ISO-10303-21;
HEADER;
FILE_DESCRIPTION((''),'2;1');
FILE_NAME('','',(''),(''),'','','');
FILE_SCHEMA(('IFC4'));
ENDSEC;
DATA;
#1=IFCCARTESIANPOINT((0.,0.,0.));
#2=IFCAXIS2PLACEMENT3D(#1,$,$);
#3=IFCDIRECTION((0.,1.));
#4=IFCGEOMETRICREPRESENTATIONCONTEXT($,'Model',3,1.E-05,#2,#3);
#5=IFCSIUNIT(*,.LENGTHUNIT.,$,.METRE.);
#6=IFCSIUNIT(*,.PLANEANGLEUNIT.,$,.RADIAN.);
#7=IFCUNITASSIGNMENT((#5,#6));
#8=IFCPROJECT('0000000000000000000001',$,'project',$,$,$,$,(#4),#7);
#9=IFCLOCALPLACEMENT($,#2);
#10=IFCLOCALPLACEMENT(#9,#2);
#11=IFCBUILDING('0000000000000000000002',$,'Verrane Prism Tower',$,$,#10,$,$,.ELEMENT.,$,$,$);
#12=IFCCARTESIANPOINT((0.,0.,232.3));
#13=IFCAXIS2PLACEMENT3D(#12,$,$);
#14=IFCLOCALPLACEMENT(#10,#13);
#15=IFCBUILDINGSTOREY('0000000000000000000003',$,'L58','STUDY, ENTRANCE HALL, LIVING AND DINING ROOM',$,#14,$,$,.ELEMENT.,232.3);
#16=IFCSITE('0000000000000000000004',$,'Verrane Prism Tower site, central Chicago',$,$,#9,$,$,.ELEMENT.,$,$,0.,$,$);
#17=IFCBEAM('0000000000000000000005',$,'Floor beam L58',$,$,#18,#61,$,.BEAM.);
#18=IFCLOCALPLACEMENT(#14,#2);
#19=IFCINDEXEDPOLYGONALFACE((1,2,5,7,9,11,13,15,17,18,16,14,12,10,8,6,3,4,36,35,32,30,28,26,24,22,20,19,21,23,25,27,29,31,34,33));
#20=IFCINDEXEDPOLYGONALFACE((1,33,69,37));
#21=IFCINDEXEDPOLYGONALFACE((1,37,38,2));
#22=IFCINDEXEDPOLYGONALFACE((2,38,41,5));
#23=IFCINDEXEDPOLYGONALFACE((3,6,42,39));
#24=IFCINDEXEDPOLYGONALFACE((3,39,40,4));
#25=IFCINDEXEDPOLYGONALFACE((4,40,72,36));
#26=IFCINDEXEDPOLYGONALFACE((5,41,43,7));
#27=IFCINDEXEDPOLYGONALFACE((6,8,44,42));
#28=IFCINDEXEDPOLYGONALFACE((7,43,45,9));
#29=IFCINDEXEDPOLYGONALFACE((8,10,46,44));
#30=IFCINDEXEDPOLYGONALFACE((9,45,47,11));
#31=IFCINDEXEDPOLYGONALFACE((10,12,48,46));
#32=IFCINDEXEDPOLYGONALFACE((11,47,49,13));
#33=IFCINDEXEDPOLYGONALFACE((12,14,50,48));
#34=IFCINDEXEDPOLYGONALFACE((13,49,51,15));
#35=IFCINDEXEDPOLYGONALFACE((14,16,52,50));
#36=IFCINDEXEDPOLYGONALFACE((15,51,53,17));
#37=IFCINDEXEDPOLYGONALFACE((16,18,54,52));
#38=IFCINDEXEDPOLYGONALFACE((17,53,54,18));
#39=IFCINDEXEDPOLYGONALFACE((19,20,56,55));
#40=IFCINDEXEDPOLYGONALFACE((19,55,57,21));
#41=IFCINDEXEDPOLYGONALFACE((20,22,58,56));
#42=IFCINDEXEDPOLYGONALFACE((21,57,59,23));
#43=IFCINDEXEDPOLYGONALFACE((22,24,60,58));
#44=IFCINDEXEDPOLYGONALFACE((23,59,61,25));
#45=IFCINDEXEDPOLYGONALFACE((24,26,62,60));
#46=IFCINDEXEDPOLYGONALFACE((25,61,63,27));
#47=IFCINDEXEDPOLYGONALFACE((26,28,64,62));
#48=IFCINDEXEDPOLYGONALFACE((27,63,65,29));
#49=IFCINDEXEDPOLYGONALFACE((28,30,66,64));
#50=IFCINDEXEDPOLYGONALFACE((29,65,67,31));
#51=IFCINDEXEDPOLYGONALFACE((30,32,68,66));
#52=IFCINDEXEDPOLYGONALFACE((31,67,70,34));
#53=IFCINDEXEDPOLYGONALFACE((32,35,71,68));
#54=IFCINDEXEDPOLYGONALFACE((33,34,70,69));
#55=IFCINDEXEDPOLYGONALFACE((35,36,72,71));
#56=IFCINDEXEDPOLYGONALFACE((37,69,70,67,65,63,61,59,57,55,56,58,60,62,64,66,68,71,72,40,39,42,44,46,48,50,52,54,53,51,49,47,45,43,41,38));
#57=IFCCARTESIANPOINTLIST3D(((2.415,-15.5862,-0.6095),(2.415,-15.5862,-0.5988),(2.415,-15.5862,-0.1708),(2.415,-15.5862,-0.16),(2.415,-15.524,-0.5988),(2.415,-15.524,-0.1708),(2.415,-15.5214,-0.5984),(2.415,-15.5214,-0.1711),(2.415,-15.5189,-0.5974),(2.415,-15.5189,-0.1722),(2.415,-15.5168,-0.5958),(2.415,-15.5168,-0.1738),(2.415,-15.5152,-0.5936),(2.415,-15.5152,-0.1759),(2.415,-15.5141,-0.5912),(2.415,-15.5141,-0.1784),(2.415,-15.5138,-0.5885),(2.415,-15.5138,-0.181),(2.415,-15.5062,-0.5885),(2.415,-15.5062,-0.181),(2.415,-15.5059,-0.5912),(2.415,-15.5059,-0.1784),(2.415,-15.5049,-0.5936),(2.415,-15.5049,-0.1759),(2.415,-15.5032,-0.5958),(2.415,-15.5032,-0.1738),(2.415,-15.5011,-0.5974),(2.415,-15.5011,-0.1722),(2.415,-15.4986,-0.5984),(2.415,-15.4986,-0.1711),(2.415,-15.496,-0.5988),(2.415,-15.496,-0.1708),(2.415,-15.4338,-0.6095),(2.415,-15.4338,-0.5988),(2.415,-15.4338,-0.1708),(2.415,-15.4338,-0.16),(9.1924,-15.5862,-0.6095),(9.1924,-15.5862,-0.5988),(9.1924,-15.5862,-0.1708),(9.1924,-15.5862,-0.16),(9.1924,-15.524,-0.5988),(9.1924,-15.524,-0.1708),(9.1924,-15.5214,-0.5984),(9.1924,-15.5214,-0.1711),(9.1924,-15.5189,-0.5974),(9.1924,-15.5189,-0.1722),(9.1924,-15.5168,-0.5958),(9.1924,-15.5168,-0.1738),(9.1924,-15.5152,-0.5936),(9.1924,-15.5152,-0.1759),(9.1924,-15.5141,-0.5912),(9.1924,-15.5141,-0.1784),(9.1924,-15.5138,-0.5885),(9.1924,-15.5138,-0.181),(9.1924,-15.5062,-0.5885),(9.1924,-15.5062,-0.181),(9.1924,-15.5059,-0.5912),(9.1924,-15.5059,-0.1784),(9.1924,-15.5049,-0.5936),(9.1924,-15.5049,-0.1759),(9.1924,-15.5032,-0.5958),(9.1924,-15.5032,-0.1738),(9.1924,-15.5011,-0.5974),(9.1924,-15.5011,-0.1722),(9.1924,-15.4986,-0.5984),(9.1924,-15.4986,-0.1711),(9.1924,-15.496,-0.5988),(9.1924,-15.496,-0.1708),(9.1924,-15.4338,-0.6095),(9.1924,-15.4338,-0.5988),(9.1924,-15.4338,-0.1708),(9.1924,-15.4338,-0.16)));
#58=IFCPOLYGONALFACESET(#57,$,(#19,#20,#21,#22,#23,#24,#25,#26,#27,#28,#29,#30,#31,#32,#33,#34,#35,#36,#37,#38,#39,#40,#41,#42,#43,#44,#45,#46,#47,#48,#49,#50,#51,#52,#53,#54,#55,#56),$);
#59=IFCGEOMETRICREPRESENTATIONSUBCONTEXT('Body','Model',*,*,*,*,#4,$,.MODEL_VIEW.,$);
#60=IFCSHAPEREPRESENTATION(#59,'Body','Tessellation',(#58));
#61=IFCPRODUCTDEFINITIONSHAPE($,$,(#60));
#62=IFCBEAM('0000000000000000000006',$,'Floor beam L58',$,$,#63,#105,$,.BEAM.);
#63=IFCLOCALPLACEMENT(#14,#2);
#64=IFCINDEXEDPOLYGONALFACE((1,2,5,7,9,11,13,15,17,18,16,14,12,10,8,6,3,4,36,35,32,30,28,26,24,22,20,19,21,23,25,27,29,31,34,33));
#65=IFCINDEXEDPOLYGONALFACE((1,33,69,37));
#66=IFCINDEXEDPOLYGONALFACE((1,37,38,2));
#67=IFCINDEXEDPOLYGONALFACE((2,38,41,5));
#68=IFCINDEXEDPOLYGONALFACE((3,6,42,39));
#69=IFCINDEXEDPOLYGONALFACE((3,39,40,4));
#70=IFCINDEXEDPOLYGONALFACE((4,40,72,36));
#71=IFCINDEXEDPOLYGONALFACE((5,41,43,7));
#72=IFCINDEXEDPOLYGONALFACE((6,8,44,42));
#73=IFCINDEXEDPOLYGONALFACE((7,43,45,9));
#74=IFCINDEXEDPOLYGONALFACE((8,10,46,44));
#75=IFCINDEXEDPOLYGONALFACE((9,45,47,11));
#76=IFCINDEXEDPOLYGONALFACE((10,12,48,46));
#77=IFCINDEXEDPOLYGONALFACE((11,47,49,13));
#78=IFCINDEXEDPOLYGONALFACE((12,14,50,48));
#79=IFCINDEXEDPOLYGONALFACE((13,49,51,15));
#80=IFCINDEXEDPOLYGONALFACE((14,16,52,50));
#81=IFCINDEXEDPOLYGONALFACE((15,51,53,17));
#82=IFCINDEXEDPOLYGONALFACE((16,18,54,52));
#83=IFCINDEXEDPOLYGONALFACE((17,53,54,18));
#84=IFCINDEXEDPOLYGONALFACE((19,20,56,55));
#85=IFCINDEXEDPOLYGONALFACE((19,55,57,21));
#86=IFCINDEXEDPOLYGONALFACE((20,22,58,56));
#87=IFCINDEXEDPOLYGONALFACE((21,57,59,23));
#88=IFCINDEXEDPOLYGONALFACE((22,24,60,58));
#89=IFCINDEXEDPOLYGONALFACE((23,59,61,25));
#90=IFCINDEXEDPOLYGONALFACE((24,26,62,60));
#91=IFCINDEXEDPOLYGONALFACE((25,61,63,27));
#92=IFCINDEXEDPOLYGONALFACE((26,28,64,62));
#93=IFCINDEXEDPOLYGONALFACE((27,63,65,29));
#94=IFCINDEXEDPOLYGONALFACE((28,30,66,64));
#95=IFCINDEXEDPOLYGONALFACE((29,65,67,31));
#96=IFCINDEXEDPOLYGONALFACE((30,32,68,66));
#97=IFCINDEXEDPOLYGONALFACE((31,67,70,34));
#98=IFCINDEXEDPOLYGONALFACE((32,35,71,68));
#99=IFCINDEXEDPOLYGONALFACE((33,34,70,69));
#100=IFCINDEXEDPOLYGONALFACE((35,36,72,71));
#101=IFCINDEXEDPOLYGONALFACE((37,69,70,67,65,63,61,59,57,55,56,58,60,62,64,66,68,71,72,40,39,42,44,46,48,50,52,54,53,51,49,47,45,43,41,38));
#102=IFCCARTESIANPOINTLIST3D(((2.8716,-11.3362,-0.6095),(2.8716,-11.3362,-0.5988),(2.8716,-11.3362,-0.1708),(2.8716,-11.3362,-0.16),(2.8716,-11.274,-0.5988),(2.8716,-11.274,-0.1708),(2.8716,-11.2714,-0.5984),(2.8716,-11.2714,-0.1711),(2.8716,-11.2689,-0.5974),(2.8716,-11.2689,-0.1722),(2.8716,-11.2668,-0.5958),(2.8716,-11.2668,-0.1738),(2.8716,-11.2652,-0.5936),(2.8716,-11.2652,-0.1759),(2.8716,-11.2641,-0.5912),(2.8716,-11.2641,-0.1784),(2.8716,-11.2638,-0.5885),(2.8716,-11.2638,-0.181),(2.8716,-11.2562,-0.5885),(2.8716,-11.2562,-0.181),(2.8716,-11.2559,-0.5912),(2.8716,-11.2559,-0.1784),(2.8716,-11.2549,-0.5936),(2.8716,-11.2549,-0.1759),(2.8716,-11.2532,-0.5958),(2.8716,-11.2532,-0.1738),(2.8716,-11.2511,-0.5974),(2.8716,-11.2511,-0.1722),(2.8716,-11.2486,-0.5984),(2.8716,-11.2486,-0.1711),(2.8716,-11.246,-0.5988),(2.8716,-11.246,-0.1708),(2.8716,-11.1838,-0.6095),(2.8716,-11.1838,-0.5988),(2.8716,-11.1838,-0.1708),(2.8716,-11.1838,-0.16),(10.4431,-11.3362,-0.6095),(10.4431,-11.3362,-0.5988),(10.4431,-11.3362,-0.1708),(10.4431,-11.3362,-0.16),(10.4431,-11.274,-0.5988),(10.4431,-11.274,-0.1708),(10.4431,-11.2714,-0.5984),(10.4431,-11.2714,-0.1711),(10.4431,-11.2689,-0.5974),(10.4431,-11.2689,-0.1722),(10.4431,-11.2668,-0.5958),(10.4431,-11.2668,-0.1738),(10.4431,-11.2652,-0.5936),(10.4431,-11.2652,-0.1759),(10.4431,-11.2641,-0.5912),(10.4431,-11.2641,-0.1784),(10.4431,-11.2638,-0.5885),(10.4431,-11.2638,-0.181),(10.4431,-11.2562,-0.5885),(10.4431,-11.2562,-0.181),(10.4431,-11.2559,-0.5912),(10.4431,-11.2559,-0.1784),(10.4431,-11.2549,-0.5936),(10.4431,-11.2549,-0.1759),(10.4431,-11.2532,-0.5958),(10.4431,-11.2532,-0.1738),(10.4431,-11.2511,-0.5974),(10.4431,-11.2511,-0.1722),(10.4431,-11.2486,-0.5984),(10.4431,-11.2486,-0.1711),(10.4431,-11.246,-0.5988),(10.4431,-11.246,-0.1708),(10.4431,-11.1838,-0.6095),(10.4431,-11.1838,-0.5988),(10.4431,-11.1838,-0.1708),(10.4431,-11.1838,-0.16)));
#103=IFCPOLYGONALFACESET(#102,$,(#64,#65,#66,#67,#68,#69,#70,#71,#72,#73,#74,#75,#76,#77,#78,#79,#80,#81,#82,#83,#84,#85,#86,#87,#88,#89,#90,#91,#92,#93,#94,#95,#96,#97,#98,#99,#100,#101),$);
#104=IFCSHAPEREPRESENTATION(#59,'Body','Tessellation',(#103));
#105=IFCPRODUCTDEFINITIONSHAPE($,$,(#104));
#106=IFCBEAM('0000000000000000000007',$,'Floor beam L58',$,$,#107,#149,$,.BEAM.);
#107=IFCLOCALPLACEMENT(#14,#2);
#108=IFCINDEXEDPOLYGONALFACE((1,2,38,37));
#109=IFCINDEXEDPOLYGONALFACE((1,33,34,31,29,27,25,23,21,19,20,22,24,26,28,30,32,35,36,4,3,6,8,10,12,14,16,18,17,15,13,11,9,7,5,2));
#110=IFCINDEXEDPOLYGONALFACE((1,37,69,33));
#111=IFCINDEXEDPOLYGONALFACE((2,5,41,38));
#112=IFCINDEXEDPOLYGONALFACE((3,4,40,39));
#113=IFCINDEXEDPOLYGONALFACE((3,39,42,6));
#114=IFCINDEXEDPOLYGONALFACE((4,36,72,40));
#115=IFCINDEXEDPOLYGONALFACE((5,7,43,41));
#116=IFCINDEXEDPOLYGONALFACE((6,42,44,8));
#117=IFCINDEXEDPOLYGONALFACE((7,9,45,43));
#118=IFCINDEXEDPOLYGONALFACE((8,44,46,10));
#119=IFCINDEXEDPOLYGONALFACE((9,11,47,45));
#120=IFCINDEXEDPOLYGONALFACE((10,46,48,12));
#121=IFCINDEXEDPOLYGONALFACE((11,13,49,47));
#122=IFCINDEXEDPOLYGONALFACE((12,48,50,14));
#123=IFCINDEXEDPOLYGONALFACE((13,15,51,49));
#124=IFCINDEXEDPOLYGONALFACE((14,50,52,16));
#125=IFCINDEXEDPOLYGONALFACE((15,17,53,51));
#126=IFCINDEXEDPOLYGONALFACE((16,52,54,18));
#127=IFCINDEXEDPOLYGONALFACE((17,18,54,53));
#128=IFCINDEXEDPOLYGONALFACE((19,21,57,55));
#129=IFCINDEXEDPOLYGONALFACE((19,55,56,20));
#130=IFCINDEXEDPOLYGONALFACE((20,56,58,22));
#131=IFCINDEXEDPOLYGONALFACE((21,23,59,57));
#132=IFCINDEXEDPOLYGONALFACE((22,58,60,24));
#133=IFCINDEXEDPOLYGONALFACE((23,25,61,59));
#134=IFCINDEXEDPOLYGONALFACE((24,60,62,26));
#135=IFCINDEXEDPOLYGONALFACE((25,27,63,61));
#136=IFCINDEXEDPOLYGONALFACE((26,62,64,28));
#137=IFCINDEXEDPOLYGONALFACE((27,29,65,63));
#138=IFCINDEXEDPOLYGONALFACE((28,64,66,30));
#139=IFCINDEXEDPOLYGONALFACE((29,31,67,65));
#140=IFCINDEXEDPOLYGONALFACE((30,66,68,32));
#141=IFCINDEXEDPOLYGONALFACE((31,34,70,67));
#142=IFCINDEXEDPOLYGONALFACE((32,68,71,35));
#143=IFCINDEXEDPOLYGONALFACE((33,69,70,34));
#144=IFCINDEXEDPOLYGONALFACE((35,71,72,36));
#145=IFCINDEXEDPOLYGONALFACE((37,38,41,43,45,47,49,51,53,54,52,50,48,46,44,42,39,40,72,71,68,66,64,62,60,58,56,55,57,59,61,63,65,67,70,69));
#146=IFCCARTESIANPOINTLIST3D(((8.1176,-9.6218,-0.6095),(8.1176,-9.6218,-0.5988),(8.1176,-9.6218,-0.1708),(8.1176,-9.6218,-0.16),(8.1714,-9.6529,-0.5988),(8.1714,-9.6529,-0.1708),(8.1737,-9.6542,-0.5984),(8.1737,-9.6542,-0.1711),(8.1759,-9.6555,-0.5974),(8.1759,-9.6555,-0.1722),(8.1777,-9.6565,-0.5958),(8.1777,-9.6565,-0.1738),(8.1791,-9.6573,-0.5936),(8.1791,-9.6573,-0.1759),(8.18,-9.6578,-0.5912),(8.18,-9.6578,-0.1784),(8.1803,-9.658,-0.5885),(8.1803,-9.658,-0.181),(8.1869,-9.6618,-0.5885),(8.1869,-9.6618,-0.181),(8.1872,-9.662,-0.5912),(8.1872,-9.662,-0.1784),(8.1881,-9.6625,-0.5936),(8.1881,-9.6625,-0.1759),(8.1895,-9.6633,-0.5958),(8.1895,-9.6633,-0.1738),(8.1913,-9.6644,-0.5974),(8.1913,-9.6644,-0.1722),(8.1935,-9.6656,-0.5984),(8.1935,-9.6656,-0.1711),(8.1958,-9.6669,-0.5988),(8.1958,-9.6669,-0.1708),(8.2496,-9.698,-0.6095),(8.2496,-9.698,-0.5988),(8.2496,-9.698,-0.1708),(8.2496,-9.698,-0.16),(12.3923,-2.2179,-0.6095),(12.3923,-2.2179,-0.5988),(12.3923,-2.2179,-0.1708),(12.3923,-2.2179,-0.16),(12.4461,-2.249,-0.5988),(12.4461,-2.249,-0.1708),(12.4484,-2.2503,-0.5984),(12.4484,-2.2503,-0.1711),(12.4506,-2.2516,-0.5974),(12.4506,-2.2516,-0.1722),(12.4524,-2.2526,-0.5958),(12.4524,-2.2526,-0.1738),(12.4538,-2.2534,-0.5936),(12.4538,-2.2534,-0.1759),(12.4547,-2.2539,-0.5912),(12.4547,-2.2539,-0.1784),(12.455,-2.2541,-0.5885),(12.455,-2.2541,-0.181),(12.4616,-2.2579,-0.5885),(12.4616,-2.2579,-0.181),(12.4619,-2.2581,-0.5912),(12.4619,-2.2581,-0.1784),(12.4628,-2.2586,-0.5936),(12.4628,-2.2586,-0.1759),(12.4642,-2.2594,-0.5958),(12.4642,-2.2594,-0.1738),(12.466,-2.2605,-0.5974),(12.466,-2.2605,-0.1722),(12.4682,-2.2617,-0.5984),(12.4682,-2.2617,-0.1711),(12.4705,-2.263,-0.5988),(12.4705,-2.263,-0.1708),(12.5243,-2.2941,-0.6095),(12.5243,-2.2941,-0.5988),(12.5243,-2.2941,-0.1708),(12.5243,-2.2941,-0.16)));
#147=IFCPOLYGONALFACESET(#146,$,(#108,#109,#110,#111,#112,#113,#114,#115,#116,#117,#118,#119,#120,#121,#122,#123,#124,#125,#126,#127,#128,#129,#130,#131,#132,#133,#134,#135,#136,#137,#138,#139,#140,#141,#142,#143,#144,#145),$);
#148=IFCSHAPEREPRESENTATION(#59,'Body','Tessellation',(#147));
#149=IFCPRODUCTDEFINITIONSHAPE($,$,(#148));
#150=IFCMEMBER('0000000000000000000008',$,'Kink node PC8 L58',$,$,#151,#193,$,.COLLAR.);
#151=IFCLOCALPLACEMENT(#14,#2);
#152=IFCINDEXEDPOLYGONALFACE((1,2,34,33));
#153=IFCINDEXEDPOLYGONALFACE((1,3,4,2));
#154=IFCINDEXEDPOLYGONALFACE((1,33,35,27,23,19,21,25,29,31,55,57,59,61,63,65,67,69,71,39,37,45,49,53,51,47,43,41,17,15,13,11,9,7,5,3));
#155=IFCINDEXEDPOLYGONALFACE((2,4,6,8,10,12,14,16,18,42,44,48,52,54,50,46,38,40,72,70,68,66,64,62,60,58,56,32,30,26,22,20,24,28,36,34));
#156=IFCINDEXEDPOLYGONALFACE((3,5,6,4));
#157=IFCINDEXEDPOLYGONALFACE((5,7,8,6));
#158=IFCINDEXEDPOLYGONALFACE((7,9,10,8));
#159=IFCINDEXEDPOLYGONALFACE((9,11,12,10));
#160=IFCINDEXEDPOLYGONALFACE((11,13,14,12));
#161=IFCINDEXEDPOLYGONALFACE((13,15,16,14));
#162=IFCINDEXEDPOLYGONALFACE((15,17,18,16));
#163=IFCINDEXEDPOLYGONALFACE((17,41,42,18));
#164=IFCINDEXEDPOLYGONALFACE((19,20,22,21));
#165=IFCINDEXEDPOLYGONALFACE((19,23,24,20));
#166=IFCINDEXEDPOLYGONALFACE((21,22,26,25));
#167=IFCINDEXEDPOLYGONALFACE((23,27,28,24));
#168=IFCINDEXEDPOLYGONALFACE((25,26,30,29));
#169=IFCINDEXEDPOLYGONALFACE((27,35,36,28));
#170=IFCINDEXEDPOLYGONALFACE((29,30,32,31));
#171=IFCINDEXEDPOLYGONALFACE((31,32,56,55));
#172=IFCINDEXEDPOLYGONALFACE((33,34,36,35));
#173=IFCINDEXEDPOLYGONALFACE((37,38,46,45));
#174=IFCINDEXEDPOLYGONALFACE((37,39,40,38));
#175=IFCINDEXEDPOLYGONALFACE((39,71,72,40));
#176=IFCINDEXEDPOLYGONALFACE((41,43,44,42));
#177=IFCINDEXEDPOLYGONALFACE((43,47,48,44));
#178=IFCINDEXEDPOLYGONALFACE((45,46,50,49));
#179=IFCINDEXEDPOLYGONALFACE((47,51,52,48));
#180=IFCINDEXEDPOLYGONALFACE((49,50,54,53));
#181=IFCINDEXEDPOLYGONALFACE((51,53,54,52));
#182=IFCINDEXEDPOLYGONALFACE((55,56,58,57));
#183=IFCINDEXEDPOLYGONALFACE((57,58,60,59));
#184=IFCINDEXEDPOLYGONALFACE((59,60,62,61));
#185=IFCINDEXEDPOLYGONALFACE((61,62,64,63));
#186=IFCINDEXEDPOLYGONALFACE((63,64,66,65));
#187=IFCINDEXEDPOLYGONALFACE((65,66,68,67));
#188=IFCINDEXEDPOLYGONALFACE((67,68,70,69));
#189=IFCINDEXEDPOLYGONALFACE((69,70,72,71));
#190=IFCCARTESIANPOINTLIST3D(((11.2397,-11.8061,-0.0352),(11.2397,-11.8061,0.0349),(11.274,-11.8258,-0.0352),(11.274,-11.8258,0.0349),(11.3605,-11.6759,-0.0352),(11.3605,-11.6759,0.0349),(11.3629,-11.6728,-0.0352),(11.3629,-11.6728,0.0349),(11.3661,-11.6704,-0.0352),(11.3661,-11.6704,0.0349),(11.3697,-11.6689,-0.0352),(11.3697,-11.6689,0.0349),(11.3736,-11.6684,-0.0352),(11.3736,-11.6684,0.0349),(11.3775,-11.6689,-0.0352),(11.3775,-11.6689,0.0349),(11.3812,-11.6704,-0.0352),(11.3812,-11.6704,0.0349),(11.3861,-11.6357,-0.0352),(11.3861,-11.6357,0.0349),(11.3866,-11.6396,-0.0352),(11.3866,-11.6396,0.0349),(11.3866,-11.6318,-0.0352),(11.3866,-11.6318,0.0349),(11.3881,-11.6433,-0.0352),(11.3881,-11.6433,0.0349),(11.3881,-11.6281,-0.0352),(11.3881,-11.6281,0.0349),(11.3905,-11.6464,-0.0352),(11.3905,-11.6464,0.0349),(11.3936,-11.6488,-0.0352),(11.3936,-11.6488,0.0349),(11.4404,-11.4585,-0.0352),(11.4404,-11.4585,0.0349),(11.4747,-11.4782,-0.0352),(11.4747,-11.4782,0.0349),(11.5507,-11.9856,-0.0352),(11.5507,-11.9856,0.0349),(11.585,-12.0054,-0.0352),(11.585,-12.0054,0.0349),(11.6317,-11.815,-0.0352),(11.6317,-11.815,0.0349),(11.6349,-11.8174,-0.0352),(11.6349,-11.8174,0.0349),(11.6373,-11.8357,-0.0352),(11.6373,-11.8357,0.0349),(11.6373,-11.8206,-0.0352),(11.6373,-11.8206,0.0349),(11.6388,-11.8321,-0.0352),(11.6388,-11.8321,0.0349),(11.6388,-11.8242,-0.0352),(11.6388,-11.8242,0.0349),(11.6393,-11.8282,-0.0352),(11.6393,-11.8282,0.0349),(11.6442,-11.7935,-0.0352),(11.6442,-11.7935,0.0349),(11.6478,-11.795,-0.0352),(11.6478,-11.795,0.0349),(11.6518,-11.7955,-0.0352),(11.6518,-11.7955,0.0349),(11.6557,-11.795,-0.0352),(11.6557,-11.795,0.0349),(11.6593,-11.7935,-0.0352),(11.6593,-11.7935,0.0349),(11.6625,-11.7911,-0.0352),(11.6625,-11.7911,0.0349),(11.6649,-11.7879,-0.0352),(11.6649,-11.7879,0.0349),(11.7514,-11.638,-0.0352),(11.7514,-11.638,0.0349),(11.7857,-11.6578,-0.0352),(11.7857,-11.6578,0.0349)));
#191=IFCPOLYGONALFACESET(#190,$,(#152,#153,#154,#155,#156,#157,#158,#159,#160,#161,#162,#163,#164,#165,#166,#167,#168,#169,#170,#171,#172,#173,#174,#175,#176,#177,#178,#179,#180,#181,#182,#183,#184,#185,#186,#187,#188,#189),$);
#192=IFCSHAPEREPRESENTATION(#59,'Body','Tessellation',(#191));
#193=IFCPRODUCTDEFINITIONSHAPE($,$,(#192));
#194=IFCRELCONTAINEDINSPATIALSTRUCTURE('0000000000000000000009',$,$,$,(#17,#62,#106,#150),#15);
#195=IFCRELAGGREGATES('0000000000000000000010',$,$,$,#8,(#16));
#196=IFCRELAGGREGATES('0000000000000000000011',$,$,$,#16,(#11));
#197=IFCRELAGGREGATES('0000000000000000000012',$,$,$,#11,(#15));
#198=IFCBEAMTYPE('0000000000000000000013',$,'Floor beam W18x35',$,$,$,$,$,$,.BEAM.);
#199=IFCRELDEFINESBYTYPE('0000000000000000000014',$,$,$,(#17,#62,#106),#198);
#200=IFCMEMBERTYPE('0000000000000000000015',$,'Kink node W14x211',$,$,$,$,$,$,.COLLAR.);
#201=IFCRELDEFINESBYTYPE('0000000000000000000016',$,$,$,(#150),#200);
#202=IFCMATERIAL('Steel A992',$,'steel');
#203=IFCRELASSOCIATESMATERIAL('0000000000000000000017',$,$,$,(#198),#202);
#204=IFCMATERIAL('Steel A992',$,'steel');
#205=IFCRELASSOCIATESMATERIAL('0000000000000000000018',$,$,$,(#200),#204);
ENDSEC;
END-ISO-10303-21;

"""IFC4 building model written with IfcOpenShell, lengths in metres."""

from ifc_helpers import new_model, si_unit, direction, frame, origin, origin_2d, place, context, subcontext, project, spatial, i_section, extrude, material, material_profile, profile_set, type_object, element, save


model = new_model("IFC4")

# Units and contexts
model_context = context("Model", 3, precision=1e-05, world=origin(), true_north=direction((0.0, 1.0)))
body_context = subcontext(model_context, "Body", "Model", "MODEL_VIEW")
ifc_project = project(units=[si_unit("LENGTHUNIT", "METRE"), si_unit("PLANEANGLEUNIT", "RADIAN")], contexts=[model_context])

# Site, building, storey
site_placement = place(None, origin())
site = spatial("IfcSite", under=ifc_project, at=site_placement, Name="Verrane Prism Tower site, central Chicago", CompositionType="ELEMENT", RefElevation=0.0)
building_placement = place(site_placement, origin())
building = spatial("IfcBuilding", under=site, at=building_placement, Name="Verrane Prism Tower", CompositionType="ELEMENT")
storey_placement = place(building_placement, frame((0.0, 0.0, 232.3)))
storey = spatial("IfcBuildingStorey", under=building, at=storey_placement, Name="L58", Description="STUDY, ENTRANCE HALL, LIVING AND DINING ROOM", CompositionType="ELEMENT", Elevation=232.3)

# Beams
ifc_material_1 = material(Name="Steel A992", Category="steel")
ifc_material_profile_1 = material_profile(ifc_material_1, i_section(OverallWidth=0.1523, OverallDepth=0.4495, WebThickness=0.0076, FlangeThickness=0.0107, FilletRadius=0.0103, at=origin_2d()), Name="W18x35")
ifc_profile_set_1 = profile_set([ifc_material_profile_1], Name="Steel A992")
beam_type_1 = type_object("IfcBeamType", Name="Floor beam W18x35", PredefinedType="BEAM", material=ifc_profile_set_1)
beam_1_placement = place(storey_placement, frame((2.415, -15.51, -0.3848), z_axis=(1.0, 0.0, 0.0), x_axis=(0.0, 1.0, 0.0)))
element("IfcBeam", 1, at=beam_1_placement, inside=storey, type_object=beam_type_1, Name="Floor beam L58", PredefinedType="BEAM", context=body_context, shape_type="SweptSolid", body=[
    extrude(i_section(OverallWidth=0.1523, OverallDepth=0.4495, WebThickness=0.0076, FlangeThickness=0.0107, FilletRadius=0.0103, at=origin_2d()), origin(), (0.0, 0.0, 1.0), 6.7773),
])
beam_2_placement = place(storey_placement, frame((2.8716, -11.26, -0.3848), z_axis=(1.0, 0.0, 0.0), x_axis=(0.0, 1.0, 0.0)))
element("IfcBeam", 2, at=beam_2_placement, inside=storey, type_object=beam_type_1, Name="Floor beam L58", PredefinedType="BEAM", context=body_context, shape_type="SweptSolid", body=[
    extrude(i_section(OverallWidth=0.1523, OverallDepth=0.4495, WebThickness=0.0076, FlangeThickness=0.0107, FilletRadius=0.0103, at=origin_2d()), origin(), (0.0, 0.0, 1.0), 7.5715),
])
beam_3_placement = place(storey_placement, frame((8.1836, -9.6599, -0.3848), z_axis=(0.500006, 0.866022, 0.0), x_axis=(-0.866022, 0.500006, 0.0)))
element("IfcBeam", 3, at=beam_3_placement, inside=storey, type_object=beam_type_1, Name="Floor beam L58", PredefinedType="BEAM", context=body_context, shape_type="SweptSolid", body=[
    extrude(i_section(OverallWidth=0.1523, OverallDepth=0.4495, WebThickness=0.0076, FlangeThickness=0.0107, FilletRadius=0.0103, at=origin_2d()), origin(), (0.0, 0.0, 1.0), 8.5493),
])

# Member
ifc_material_2 = material(Name="Steel A992", Category="steel")
ifc_material_profile_2 = material_profile(ifc_material_2, i_section(OverallWidth=0.4014, OverallDepth=0.3987, WebThickness=0.0249, FlangeThickness=0.0396, FilletRadius=0.0151, at=origin_2d()), Name="W14x211")
ifc_profile_set_2 = profile_set([ifc_material_profile_2], Name="Steel A992")
member_type_1 = type_object("IfcMemberType", Name="Kink node W14x211", PredefinedType="COLLAR", material=ifc_profile_set_2)
member_1_placement = place(storey_placement, frame((11.5127, -11.7319, -0.0352), z_axis=(0.0, 0.0, 1.0), x_axis=(-0.5, -0.866025, 0.0)))
element("IfcMember", 4, at=member_1_placement, inside=storey, type_object=member_type_1, Name="Kink node PC8 L58", PredefinedType="COLLAR", context=body_context, shape_type="SweptSolid", body=[
    extrude(i_section(OverallWidth=0.4014, OverallDepth=0.3987, WebThickness=0.0249, FlangeThickness=0.0396, FilletRadius=0.0151, at=origin_2d()), origin(), (0.0, 0.0, 1.0), 0.0701),
])

save(model, "model.ifc")
